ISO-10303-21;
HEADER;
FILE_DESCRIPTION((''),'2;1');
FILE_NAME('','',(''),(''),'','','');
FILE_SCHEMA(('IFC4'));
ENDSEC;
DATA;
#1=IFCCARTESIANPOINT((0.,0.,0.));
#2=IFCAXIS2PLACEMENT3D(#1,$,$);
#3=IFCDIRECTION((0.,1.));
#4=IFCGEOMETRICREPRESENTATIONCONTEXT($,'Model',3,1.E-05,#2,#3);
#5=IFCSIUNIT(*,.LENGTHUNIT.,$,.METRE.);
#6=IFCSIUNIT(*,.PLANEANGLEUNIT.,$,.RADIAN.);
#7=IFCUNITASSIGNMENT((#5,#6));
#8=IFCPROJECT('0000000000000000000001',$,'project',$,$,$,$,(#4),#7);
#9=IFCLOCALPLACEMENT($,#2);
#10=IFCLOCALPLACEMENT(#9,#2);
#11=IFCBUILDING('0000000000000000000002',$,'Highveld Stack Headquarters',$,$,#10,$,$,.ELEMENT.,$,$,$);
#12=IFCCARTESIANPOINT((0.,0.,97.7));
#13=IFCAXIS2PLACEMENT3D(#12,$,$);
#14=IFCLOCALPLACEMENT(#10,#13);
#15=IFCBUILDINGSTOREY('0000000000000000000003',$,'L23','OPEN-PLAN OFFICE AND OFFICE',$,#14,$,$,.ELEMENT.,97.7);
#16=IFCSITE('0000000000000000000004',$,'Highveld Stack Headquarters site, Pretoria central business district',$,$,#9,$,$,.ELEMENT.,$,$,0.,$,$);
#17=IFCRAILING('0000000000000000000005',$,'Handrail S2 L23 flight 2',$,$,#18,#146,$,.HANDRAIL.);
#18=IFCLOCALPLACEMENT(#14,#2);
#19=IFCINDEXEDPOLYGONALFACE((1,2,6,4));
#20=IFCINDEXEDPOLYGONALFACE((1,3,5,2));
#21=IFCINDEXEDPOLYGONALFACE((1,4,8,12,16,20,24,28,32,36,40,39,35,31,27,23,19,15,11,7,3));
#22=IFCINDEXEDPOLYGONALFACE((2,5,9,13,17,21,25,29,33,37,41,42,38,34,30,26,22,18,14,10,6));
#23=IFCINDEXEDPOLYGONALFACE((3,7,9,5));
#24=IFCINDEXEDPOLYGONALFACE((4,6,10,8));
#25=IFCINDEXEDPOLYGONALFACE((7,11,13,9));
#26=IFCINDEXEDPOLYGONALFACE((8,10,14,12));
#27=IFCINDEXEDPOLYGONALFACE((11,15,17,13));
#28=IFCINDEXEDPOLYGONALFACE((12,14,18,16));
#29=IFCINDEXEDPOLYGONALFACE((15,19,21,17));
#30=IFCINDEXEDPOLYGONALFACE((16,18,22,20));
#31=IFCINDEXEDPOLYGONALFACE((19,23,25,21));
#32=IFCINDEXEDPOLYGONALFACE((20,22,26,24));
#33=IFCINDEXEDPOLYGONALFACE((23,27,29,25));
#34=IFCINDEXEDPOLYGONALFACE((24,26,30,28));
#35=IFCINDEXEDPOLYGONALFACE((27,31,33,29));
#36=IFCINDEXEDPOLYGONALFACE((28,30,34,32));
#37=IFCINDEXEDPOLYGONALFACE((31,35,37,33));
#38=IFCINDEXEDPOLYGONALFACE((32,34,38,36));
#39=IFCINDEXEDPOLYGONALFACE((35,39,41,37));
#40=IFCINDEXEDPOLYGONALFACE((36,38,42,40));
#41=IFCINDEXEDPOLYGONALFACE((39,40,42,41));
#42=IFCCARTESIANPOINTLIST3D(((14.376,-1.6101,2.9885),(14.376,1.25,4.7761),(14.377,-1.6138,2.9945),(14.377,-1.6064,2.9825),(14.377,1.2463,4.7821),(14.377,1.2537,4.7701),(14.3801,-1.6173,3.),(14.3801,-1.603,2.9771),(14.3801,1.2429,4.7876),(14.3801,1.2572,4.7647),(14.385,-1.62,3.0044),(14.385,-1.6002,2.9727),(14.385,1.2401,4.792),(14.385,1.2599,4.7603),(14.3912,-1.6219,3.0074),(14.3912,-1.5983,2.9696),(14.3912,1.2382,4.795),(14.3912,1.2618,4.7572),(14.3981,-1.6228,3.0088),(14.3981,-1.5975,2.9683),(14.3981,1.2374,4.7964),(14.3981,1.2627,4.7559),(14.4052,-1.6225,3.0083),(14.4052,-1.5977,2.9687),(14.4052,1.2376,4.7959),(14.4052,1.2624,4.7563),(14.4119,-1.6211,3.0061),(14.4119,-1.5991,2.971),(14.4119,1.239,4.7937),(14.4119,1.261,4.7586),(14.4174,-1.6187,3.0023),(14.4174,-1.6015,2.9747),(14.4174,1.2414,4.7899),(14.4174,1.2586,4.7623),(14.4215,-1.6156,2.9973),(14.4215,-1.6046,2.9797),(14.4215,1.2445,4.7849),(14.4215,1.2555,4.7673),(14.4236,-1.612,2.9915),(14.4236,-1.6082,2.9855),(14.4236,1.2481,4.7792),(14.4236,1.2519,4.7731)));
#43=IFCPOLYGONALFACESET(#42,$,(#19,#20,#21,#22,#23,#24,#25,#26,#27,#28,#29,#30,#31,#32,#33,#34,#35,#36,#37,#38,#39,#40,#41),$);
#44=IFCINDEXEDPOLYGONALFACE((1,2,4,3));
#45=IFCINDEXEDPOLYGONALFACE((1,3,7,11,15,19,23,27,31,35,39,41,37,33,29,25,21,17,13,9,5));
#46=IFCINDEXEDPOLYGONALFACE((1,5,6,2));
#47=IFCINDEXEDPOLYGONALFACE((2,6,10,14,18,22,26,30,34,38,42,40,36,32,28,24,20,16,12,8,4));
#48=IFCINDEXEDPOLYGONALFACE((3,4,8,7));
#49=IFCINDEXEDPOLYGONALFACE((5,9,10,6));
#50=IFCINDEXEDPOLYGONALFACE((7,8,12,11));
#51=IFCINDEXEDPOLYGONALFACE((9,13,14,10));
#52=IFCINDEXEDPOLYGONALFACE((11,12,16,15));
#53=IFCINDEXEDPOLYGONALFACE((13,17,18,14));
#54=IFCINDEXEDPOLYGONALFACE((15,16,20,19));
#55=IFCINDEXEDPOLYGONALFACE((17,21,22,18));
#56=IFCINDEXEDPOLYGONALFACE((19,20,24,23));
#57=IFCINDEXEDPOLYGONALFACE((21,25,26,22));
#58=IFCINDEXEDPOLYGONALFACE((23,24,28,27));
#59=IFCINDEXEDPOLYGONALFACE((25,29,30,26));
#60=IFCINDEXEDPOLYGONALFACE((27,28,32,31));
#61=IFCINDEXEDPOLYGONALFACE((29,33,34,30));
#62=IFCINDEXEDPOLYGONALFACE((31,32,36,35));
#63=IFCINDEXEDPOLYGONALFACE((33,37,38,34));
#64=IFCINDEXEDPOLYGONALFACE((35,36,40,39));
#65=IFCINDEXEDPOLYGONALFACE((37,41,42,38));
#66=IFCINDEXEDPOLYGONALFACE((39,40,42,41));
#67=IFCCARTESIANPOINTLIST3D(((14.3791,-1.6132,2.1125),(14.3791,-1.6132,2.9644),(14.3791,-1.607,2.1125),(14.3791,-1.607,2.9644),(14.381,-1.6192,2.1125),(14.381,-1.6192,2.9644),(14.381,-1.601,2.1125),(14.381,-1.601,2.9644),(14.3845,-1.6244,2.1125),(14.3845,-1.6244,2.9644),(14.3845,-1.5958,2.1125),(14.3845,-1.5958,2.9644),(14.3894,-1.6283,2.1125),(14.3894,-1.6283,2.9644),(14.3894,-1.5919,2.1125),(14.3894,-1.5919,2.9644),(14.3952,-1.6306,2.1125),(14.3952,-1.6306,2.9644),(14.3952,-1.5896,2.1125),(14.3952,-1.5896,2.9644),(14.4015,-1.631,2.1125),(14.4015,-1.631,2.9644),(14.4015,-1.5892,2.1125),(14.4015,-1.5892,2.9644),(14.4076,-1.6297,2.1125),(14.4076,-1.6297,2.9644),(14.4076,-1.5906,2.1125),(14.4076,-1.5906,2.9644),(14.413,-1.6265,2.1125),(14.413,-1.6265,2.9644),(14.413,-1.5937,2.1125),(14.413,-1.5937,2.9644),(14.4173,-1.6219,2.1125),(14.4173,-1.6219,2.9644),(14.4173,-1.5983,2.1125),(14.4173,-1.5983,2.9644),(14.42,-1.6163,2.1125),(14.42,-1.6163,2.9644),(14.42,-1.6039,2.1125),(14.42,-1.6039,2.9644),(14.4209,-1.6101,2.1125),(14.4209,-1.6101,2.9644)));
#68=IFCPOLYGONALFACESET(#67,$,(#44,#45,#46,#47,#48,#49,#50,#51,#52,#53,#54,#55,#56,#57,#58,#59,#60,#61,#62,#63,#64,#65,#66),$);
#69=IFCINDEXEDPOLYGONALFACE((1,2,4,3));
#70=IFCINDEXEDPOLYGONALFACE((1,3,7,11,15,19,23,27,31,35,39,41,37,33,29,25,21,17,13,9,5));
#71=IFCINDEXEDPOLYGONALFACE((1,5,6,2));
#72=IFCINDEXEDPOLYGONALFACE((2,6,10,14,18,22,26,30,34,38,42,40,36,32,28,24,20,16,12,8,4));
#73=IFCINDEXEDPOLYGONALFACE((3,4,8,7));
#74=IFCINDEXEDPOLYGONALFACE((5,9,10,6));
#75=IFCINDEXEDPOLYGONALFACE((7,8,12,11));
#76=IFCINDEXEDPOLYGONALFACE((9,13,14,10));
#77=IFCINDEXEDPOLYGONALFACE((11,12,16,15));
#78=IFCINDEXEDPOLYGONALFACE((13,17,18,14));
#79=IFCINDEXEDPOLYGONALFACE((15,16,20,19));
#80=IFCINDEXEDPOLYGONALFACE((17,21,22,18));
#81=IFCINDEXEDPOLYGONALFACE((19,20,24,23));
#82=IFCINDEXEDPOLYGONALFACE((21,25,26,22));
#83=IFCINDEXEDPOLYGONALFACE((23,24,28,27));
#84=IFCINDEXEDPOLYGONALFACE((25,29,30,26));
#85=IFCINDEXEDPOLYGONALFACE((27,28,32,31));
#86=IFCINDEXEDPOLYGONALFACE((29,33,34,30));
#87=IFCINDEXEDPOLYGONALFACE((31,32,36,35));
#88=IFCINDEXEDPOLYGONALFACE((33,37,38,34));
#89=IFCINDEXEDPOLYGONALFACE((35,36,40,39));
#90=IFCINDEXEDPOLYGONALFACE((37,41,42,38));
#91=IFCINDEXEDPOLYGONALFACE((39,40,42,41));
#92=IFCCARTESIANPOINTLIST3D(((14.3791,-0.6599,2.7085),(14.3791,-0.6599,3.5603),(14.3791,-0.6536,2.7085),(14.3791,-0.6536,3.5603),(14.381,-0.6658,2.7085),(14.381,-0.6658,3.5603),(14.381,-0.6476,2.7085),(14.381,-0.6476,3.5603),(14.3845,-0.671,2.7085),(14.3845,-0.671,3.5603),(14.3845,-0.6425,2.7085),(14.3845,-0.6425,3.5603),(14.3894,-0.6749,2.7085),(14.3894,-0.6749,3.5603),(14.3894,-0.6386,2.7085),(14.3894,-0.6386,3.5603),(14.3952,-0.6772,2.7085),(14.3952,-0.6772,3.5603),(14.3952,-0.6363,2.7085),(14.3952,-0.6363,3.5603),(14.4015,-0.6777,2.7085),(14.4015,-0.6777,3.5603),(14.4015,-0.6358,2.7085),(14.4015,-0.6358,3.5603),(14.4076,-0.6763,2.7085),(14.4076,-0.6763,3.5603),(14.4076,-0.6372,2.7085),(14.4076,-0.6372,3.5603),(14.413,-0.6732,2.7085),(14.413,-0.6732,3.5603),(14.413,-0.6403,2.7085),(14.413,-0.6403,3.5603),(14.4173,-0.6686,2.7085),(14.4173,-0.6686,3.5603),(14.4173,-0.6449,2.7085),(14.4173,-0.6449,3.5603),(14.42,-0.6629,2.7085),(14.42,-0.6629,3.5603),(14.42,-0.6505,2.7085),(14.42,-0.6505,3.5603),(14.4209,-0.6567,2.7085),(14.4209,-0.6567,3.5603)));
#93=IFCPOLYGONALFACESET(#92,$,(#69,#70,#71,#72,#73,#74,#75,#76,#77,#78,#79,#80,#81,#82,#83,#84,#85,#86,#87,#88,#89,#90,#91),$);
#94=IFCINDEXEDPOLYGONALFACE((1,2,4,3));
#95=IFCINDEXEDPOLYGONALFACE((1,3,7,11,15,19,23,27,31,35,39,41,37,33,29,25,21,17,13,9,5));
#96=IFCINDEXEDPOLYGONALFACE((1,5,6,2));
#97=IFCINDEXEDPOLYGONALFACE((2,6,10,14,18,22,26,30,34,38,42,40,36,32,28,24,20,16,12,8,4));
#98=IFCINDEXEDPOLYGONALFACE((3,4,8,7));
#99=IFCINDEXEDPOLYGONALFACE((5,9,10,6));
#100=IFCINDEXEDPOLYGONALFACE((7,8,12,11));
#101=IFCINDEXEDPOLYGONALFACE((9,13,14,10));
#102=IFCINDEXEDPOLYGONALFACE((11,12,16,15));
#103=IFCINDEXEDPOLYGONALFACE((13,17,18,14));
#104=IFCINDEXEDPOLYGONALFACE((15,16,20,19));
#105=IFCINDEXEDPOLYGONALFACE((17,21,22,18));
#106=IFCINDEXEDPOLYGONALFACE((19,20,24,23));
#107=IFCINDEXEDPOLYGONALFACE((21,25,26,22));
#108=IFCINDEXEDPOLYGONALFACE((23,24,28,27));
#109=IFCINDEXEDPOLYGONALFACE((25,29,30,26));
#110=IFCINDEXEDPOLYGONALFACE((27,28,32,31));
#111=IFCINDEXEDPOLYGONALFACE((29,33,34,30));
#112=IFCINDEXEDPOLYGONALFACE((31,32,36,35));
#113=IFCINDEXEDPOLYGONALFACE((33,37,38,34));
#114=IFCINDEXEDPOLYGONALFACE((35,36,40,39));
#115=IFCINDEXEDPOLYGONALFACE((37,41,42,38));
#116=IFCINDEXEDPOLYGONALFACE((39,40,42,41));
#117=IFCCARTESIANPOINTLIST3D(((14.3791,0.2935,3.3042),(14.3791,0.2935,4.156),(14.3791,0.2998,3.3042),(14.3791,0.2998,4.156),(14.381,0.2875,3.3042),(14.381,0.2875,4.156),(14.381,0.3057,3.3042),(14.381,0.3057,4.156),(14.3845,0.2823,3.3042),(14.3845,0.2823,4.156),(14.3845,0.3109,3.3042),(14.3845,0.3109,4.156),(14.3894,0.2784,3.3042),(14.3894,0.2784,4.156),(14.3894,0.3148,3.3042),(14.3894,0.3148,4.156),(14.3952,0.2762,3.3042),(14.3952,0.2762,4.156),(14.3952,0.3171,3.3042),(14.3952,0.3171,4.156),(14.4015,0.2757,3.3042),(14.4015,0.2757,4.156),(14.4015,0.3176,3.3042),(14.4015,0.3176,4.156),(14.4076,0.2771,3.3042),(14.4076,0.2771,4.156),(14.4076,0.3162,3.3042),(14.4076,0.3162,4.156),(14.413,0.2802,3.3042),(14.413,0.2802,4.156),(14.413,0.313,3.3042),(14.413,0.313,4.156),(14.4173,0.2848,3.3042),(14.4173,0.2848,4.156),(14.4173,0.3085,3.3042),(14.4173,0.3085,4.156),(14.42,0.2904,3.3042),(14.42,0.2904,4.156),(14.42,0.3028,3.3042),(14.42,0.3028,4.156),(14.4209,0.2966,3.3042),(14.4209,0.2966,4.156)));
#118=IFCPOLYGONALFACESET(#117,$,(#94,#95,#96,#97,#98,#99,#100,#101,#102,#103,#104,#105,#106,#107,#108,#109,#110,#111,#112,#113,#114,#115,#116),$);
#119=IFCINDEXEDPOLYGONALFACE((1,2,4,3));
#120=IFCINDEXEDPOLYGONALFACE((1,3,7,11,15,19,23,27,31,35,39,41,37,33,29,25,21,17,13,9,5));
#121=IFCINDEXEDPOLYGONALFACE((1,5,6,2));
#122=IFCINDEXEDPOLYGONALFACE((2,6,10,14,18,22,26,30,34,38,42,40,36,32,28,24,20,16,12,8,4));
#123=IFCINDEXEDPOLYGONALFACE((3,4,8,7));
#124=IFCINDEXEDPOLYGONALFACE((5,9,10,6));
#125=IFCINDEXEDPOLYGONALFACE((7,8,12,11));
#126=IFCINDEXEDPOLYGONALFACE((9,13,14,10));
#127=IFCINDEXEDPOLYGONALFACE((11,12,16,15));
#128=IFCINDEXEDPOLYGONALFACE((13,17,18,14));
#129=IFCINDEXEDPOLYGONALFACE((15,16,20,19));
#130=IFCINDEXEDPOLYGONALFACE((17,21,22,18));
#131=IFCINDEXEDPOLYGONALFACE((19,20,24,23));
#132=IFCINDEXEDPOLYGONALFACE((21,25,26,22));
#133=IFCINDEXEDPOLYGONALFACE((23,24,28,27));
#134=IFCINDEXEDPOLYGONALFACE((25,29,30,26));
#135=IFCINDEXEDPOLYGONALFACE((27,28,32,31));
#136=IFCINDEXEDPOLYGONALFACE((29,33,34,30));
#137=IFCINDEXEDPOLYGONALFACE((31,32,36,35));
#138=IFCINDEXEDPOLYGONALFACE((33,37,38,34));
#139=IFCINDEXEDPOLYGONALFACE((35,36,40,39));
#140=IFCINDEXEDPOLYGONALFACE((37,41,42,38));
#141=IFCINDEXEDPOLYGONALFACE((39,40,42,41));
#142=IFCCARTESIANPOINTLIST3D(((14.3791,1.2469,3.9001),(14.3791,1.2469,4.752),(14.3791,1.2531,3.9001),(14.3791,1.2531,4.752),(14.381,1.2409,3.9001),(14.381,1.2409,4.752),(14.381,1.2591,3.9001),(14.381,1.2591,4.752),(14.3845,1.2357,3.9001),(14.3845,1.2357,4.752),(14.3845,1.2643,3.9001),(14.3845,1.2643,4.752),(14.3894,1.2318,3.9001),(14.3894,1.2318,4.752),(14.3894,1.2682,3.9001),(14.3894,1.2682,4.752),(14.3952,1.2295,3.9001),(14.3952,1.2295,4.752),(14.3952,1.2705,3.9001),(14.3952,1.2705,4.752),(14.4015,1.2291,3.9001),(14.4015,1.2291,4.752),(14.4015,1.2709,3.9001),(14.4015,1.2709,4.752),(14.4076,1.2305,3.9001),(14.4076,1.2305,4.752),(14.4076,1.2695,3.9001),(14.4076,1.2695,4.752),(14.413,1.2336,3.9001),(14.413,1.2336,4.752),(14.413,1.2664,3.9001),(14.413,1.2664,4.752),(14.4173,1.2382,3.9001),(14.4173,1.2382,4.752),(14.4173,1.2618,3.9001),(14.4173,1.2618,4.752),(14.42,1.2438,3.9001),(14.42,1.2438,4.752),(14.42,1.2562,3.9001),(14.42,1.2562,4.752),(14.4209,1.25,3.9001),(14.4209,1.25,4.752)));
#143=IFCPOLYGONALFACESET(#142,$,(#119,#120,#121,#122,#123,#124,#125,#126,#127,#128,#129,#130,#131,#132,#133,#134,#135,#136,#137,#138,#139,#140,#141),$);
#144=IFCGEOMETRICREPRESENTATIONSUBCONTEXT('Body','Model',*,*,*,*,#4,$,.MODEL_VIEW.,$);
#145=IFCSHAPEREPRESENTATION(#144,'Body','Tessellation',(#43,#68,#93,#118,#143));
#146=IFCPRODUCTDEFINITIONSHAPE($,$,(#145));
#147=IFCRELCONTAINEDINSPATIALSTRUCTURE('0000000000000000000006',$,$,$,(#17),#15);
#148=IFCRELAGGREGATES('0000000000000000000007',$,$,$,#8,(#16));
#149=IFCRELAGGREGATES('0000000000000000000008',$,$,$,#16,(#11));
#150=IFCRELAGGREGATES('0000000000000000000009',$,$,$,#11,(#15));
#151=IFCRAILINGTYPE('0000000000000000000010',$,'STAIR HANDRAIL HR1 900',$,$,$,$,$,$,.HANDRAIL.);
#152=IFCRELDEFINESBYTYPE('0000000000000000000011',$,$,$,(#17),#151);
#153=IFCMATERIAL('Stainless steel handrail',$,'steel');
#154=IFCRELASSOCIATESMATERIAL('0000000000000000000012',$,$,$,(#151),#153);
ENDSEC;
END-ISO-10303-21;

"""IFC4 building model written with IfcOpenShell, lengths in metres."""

from ifc_helpers import new_model, si_unit, direction, frame, origin, origin_2d, place, context, subcontext, project, spatial, circle, extrude, material, type_object, element, save


model = new_model("IFC4")

# Units and contexts
model_context = context("Model", 3, precision=1e-05, world=origin(), true_north=direction((0.0, 1.0)))
body_context = subcontext(model_context, "Body", "Model", "MODEL_VIEW")
ifc_project = project(units=[si_unit("LENGTHUNIT", "METRE"), si_unit("PLANEANGLEUNIT", "RADIAN")], contexts=[model_context])

# Site, building, storey
site_placement = place(None, origin())
site = spatial("IfcSite", under=ifc_project, at=site_placement, Name="Highveld Stack Headquarters site, Pretoria central business district", CompositionType="ELEMENT", RefElevation=0.0)
building_placement = place(site_placement, origin())
building = spatial("IfcBuilding", under=site, at=building_placement, Name="Highveld Stack Headquarters", CompositionType="ELEMENT")
storey_placement = place(building_placement, frame((0.0, 0.0, 97.7)))
storey = spatial("IfcBuildingStorey", under=building, at=storey_placement, Name="L23", Description="OPEN-PLAN OFFICE AND OFFICE", CompositionType="ELEMENT", Elevation=97.7)

# Railing
ifc_material_1 = material(Name="Stainless steel handrail", Category="steel")
railing_type = type_object("IfcRailingType", Name="STAIR HANDRAIL HR1 900", PredefinedType="HANDRAIL", material=ifc_material_1)
railing_placement = place(storey_placement, frame((14.3999, -1.6101, 2.1125)))
element("IfcRailing", 1, at=railing_placement, inside=storey, type_object=railing_type, Name="Handrail S2 L23 flight 2", PredefinedType="HANDRAIL", context=body_context, shape_type="SweptSolid", body=[
    extrude(circle(Radius=0.0239, at=origin_2d()), frame((0.0, 0.0, 0.876), z_axis=(0.0, 0.847994, 0.530005), x_axis=(-1.0, 0.0, 0.0)), (0.0, 0.0, 1.0), 3.3728),
    extrude(circle(Radius=0.021, at=origin_2d()), origin(), (0.0, 0.0, 1.0), 0.8518),
    extrude(circle(Radius=0.021, at=origin_2d()), frame((0.0, 0.9534, 0.5959)), (0.0, 0.0, 1.0), 0.8518),
    extrude(circle(Radius=0.021, at=origin_2d()), frame((0.0, 1.9067, 1.1917)), (0.0, 0.0, 1.0), 0.8518),
    extrude(circle(Radius=0.021, at=origin_2d()), frame((0.0, 2.8601, 1.7876)), (0.0, 0.0, 1.0), 0.8518),
])

save(model, "model.ifc")
